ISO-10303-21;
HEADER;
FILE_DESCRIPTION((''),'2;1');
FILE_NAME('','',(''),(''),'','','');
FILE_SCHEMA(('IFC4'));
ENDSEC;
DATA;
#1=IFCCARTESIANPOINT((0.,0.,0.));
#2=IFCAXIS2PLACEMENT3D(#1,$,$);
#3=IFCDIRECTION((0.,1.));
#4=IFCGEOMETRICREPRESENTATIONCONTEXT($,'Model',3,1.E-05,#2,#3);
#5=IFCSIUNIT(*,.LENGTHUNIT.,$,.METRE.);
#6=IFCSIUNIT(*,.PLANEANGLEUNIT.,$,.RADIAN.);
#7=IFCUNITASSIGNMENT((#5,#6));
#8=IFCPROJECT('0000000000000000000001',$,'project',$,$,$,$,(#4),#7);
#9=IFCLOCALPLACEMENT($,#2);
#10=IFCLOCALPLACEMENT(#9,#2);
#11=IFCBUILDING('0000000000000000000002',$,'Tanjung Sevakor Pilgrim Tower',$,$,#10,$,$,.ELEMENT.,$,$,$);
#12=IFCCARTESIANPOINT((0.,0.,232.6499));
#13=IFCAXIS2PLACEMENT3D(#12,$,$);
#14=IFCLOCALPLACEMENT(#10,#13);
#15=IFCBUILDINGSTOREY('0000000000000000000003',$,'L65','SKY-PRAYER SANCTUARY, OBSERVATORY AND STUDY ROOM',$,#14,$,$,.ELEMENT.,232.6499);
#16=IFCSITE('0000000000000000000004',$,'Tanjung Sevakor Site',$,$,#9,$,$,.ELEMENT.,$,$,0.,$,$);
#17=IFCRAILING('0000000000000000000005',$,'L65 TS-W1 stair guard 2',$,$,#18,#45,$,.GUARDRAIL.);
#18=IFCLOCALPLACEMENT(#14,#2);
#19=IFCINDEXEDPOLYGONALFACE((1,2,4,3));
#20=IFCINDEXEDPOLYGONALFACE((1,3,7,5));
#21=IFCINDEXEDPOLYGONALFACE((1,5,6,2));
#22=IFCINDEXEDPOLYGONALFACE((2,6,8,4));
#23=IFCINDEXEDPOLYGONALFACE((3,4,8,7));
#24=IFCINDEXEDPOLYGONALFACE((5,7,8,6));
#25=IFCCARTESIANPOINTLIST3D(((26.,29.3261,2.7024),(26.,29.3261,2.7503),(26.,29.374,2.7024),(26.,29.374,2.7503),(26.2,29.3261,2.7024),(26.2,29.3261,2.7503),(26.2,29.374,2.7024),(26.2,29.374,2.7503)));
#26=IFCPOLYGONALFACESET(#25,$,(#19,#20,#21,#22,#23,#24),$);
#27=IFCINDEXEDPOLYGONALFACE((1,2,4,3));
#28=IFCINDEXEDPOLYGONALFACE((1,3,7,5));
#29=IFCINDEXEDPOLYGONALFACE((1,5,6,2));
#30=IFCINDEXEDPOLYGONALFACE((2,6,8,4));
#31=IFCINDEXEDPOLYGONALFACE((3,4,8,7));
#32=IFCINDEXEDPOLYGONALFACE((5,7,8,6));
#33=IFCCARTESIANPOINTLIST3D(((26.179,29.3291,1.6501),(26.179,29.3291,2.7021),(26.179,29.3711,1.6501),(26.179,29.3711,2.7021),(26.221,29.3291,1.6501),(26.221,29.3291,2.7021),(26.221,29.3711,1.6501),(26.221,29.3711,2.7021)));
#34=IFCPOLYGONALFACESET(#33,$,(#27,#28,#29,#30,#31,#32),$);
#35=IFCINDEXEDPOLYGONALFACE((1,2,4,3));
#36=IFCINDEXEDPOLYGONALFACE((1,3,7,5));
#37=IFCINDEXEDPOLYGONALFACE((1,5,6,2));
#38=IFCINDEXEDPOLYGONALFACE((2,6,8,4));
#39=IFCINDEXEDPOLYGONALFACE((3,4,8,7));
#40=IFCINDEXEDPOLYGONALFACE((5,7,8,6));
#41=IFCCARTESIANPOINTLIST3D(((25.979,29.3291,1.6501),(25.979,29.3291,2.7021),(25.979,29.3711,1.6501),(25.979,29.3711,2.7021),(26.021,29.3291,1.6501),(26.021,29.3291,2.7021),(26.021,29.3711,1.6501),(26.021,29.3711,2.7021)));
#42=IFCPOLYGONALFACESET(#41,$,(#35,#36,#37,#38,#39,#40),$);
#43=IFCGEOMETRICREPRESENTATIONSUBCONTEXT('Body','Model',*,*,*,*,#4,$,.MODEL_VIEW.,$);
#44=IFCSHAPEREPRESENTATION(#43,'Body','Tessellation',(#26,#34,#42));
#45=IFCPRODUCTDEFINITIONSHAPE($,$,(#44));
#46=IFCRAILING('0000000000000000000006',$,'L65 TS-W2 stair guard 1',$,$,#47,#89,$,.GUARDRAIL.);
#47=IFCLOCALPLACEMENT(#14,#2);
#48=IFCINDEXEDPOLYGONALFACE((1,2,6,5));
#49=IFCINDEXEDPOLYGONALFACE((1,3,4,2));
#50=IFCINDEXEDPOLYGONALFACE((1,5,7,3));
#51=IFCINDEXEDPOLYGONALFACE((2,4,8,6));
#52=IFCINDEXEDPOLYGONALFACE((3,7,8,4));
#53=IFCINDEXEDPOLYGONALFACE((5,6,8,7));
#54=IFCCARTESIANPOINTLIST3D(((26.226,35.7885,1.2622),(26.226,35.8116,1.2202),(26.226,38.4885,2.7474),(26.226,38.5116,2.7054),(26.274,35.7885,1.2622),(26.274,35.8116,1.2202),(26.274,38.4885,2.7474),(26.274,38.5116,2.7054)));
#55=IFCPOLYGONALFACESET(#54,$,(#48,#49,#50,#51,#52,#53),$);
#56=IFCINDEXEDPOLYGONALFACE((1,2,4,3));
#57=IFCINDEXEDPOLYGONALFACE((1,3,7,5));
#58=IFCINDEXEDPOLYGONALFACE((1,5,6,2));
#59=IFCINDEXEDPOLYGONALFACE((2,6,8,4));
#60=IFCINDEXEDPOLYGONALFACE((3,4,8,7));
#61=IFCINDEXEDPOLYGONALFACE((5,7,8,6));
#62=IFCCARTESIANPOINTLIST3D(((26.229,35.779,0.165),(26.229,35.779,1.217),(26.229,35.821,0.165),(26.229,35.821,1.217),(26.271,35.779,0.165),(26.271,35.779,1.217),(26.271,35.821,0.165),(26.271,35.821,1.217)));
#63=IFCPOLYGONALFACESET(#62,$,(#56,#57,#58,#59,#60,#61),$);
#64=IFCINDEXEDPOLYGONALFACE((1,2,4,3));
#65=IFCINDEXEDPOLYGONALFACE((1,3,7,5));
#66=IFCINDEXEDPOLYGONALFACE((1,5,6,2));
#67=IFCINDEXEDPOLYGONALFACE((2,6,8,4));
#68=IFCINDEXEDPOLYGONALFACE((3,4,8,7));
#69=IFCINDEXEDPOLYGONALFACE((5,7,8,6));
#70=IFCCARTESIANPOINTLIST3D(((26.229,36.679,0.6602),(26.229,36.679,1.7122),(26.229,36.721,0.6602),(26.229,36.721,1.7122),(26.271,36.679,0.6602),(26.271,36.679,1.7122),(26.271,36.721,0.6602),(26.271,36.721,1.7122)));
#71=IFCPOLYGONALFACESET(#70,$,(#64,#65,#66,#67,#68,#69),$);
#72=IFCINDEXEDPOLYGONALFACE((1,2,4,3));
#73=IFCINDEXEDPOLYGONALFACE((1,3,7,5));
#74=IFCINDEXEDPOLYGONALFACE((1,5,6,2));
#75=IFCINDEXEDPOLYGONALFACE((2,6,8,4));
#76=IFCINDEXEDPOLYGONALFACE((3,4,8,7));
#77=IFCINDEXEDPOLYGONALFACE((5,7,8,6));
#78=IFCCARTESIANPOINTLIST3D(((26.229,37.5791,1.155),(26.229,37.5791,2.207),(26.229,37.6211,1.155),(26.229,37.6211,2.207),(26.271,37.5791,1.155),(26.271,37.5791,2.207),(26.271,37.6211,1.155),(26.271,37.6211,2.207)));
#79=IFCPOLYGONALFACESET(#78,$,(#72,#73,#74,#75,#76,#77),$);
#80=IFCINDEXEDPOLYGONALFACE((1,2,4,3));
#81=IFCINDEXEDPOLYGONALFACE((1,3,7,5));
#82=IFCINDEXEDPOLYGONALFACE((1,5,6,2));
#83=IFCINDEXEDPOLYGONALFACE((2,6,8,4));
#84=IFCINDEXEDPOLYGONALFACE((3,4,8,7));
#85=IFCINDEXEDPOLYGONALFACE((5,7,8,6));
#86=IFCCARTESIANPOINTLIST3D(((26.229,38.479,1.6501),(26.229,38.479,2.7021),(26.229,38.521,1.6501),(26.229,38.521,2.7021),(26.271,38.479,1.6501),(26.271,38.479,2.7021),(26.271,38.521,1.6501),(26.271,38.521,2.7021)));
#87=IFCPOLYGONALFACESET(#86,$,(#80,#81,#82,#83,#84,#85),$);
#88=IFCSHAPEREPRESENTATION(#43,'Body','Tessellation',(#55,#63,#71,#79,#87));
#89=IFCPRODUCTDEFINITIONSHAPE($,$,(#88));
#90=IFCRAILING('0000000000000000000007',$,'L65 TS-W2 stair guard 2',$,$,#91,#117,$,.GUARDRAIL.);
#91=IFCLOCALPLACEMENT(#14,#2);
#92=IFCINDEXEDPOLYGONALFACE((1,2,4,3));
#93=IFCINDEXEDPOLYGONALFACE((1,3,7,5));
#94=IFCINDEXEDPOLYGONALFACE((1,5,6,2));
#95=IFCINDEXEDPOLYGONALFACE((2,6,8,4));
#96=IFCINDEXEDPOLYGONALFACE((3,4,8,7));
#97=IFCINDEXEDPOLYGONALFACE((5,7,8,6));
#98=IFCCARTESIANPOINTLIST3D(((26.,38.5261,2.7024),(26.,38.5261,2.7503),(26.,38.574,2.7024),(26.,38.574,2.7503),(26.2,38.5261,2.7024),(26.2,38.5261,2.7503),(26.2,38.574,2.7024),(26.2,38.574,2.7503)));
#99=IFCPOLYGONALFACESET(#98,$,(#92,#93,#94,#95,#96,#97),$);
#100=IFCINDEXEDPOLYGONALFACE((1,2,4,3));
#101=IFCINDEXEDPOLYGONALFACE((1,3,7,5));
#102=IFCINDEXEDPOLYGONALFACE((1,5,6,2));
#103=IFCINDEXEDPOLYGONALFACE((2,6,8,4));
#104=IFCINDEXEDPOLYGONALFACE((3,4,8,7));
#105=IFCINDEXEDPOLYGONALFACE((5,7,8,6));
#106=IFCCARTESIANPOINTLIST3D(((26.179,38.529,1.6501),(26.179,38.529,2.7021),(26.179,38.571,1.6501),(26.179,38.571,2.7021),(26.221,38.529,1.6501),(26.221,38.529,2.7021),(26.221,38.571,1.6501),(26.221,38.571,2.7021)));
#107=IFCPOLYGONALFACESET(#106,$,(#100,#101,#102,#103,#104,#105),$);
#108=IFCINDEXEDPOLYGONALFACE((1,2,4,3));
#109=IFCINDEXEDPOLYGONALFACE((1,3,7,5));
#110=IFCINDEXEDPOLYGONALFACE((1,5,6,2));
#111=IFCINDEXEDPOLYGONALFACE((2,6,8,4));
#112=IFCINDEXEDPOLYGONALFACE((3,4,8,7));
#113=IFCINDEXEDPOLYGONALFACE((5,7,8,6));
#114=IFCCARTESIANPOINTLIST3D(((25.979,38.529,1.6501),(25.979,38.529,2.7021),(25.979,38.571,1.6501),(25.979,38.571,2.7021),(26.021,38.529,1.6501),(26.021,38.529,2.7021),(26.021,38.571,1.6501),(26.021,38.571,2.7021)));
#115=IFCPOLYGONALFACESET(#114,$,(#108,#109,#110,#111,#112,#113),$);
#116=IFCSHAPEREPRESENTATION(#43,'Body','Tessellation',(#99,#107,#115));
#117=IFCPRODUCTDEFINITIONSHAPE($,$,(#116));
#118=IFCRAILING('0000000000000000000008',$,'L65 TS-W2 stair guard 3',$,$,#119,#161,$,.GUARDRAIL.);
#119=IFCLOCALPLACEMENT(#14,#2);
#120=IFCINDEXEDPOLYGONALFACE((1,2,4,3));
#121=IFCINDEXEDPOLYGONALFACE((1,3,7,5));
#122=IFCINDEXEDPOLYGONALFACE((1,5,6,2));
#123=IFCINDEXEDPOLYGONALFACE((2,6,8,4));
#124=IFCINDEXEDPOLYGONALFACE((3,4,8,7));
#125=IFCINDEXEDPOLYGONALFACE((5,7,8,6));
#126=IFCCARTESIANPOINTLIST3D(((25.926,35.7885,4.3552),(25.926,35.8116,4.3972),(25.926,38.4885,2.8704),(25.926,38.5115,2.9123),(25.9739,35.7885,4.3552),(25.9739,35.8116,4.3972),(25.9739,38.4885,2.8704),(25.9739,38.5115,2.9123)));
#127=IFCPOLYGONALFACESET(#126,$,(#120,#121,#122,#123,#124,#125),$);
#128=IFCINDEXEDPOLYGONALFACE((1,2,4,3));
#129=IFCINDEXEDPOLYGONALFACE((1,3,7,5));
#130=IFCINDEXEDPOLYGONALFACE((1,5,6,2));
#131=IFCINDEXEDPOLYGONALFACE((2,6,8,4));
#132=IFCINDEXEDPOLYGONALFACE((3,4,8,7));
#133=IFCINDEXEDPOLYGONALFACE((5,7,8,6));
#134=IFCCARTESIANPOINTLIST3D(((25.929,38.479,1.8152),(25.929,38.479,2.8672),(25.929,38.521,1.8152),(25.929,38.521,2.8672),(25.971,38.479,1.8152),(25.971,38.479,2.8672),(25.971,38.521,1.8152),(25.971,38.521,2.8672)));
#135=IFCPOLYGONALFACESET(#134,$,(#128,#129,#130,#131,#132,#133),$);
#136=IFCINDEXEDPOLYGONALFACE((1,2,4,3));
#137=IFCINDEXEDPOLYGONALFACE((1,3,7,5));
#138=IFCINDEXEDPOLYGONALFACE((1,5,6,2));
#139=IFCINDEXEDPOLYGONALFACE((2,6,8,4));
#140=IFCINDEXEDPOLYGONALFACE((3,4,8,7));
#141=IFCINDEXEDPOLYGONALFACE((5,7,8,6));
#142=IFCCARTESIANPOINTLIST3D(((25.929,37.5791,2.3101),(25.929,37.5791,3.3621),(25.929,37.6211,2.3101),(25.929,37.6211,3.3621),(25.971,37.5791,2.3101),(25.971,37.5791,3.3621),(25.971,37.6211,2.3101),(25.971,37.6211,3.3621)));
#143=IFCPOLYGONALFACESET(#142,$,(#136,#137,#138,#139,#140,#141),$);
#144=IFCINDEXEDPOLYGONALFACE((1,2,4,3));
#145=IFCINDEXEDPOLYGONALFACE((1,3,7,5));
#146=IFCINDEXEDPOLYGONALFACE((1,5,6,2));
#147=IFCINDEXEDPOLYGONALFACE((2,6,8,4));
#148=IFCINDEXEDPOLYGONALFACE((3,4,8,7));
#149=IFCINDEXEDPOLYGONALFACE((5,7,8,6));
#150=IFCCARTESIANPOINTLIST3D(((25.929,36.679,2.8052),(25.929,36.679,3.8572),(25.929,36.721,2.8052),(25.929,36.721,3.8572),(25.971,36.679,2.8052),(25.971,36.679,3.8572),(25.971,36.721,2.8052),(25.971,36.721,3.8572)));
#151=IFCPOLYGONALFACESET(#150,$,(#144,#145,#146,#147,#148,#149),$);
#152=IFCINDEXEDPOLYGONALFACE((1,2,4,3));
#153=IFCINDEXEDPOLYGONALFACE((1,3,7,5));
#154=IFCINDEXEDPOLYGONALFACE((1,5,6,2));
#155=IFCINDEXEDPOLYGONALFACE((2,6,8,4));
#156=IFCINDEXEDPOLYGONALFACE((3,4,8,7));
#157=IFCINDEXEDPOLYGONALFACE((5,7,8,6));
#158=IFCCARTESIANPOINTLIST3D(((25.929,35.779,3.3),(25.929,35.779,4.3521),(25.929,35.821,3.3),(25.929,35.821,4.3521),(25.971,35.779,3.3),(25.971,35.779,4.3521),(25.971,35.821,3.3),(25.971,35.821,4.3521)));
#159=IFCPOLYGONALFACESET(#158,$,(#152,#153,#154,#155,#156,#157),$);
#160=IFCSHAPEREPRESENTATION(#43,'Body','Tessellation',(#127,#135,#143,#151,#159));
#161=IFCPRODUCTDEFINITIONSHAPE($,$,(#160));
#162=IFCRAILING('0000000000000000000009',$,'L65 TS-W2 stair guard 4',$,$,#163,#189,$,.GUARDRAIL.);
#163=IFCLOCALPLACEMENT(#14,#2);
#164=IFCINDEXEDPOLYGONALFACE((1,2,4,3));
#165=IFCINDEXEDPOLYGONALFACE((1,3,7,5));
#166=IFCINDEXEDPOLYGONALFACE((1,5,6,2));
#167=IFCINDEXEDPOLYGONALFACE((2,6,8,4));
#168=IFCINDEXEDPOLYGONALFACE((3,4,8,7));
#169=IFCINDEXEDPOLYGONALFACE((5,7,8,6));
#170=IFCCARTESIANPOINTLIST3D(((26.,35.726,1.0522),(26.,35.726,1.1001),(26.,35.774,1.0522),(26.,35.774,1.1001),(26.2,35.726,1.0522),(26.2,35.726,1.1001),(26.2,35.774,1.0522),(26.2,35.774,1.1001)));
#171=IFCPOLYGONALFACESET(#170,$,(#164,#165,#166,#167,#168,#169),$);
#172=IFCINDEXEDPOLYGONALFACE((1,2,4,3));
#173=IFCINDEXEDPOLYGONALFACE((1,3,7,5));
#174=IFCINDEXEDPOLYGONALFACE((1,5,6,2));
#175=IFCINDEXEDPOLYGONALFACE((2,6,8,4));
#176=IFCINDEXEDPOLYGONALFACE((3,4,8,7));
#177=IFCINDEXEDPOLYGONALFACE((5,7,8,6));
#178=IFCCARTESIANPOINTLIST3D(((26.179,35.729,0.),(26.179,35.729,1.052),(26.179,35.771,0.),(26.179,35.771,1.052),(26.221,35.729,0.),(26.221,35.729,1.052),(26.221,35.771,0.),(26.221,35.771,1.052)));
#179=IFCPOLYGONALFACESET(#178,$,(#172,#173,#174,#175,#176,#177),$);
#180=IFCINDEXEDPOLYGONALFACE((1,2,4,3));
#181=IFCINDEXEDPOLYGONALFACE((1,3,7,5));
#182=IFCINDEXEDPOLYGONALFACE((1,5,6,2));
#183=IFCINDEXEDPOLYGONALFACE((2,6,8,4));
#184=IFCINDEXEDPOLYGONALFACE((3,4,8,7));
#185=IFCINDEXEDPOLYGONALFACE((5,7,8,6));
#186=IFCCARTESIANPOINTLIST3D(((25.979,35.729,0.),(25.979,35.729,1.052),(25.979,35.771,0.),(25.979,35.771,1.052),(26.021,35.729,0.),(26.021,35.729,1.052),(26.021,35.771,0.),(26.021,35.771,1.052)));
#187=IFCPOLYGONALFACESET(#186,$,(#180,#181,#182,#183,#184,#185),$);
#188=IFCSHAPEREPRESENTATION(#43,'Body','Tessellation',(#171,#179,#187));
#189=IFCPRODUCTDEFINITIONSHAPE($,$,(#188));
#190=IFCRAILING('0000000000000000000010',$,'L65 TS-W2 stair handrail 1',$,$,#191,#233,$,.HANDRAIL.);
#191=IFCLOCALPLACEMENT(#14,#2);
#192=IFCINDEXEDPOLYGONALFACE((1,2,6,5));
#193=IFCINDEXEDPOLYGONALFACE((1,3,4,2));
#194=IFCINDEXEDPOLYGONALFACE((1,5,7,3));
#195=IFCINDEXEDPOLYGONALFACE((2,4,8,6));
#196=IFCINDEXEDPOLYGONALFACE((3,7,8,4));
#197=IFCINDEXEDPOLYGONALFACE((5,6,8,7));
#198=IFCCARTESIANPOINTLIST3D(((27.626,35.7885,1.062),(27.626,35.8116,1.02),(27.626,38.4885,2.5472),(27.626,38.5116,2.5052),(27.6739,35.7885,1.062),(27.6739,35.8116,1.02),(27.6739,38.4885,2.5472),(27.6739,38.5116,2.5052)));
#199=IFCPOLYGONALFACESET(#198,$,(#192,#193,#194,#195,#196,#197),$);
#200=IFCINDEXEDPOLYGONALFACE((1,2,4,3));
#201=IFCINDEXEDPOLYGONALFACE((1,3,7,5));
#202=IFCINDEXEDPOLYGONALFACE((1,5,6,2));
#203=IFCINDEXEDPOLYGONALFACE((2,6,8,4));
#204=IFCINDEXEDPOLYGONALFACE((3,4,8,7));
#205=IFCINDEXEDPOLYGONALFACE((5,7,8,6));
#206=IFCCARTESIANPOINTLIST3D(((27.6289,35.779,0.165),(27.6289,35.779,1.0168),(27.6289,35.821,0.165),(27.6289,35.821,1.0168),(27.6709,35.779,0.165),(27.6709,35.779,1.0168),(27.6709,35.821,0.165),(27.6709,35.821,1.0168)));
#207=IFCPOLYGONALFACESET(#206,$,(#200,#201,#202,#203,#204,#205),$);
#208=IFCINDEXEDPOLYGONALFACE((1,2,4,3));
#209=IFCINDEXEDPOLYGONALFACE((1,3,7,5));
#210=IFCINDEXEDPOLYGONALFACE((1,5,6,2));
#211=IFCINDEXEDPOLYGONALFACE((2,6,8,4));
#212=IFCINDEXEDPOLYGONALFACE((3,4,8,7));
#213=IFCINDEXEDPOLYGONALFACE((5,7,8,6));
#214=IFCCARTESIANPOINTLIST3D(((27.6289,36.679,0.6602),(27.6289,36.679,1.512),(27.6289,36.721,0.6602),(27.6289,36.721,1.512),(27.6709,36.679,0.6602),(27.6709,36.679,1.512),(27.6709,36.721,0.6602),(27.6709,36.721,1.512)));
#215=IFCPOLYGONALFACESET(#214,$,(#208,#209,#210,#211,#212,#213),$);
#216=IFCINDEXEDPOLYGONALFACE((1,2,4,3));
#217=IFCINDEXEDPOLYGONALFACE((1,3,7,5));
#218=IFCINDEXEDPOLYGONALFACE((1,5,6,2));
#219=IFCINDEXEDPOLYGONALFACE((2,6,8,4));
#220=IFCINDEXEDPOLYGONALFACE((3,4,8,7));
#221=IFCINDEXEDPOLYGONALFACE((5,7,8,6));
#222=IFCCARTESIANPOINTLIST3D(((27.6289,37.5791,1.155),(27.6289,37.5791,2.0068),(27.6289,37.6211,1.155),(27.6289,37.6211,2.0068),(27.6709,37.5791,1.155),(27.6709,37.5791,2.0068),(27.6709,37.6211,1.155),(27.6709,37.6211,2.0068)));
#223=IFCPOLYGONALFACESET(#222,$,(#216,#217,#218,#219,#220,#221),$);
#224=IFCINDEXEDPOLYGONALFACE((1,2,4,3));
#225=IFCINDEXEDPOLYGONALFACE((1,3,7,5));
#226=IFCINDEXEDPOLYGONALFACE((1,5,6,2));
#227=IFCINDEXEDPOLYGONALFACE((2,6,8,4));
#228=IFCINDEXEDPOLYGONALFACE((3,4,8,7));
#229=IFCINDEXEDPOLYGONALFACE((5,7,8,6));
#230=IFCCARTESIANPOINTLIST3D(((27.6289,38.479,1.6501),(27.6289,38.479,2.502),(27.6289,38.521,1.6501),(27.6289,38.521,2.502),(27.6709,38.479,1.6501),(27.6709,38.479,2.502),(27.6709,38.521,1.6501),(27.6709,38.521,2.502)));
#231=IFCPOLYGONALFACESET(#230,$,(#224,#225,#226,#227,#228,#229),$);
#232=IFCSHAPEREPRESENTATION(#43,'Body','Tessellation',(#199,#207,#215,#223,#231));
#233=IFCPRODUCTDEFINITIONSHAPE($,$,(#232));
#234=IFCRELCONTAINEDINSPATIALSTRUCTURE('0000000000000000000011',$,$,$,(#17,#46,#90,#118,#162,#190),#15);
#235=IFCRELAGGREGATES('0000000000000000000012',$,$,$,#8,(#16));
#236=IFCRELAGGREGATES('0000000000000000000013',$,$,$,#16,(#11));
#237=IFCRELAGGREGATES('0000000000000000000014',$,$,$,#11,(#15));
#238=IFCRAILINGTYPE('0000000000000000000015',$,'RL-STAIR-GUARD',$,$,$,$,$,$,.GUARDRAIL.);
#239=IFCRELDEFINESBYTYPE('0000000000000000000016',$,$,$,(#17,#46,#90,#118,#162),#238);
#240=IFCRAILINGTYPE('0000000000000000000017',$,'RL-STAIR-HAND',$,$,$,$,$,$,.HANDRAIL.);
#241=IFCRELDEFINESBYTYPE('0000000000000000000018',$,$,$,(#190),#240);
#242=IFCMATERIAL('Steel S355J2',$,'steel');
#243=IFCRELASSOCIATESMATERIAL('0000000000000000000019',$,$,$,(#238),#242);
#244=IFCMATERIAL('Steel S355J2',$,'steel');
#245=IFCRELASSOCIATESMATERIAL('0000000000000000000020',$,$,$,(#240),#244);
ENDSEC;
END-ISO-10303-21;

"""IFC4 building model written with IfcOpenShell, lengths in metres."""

from ifc_helpers import new_model, si_unit, direction, frame, origin, place, context, subcontext, project, spatial, rectangle, extrude, material, type_object, element, save


model = new_model("IFC4")

# Units and contexts
model_context = context("Model", 3, precision=1e-05, world=origin(), true_north=direction((0.0, 1.0)))
body_context = subcontext(model_context, "Body", "Model", "MODEL_VIEW")
ifc_project = project(units=[si_unit("LENGTHUNIT", "METRE"), si_unit("PLANEANGLEUNIT", "RADIAN")], contexts=[model_context])

# Site, building, storey
site_placement = place(None, origin())
site = spatial("IfcSite", under=ifc_project, at=site_placement, Name="Tanjung Sevakor Site", CompositionType="ELEMENT", RefElevation=0.0)
building_placement = place(site_placement, origin())
building = spatial("IfcBuilding", under=site, at=building_placement, Name="Tanjung Sevakor Pilgrim Tower", CompositionType="ELEMENT")
storey_placement = place(building_placement, frame((0.0, 0.0, 232.6499)))
storey = spatial("IfcBuildingStorey", under=building, at=storey_placement, Name="L65", Description="SKY-PRAYER SANCTUARY, OBSERVATORY AND STUDY ROOM", CompositionType="ELEMENT", Elevation=232.6499)

# Railings
ifc_material_1 = material(Name="Steel S355J2", Category="steel")
railing_type_1 = type_object("IfcRailingType", Name="RL-STAIR-GUARD", PredefinedType="GUARDRAIL", material=ifc_material_1)
railing_1_placement = place(storey_placement, frame((26.2, 29.3501, 1.6501)))
element("IfcRailing", 1, at=railing_1_placement, inside=storey, type_object=railing_type_1, Name="L65 TS-W1 stair guard 2", PredefinedType="GUARDRAIL", context=body_context, shape_type="SweptSolid", body=[
    extrude(rectangle(XDim=0.0479, YDim=0.0479), frame((0.0, 0.0, 1.0762), z_axis=(-1.0, 0.0, 0.0), x_axis=(0.0, -1.0, 0.0)), (0.0, 0.0, 1.0), 0.2),
    extrude(rectangle(XDim=0.042, YDim=0.042), origin(), (0.0, 0.0, 1.0), 1.052),
    extrude(rectangle(XDim=0.042, YDim=0.042), frame((-0.2, 0.0, 0.0)), (0.0, 0.0, 1.0), 1.052),
])
railing_2_placement = place(storey_placement, frame((26.25, 35.8, 0.165)))
element("IfcRailing", 2, at=railing_2_placement, inside=storey, type_object=railing_type_1, Name="L65 TS-W2 stair guard 1", PredefinedType="GUARDRAIL", context=body_context, shape_type="SweptSolid", body=[
    extrude(rectangle(XDim=0.0479, YDim=0.0479), frame((0.0, 0.0, 1.0762), z_axis=(0.0, 0.876198, 0.481952), x_axis=(-1.0, 0.0, 0.0)), (0.0, 0.0, 1.0), 3.0815),
    extrude(rectangle(XDim=0.042, YDim=0.042), origin(), (0.0, 0.0, 1.0), 1.052),
    extrude(rectangle(XDim=0.042, YDim=0.042), frame((0.0, 0.8999, 0.4951)), (0.0, 0.0, 1.0), 1.052),
    extrude(rectangle(XDim=0.042, YDim=0.042), frame((0.0, 1.8, 0.99)), (0.0, 0.0, 1.0), 1.052),
    extrude(rectangle(XDim=0.042, YDim=0.042), frame((0.0, 2.7, 1.4851)), (0.0, 0.0, 1.0), 1.052),
])
railing_3_placement = place(storey_placement, frame((26.2, 38.55, 1.6501)))
element("IfcRailing", 3, at=railing_3_placement, inside=storey, type_object=railing_type_1, Name="L65 TS-W2 stair guard 2", PredefinedType="GUARDRAIL", context=body_context, shape_type="SweptSolid", body=[
    extrude(rectangle(XDim=0.0479, YDim=0.0479), frame((0.0, 0.0, 1.0762), z_axis=(-1.0, 0.0, 0.0), x_axis=(0.0, -1.0, 0.0)), (0.0, 0.0, 1.0), 0.2),
    extrude(rectangle(XDim=0.042, YDim=0.042), origin(), (0.0, 0.0, 1.0), 1.052),
    extrude(rectangle(XDim=0.042, YDim=0.042), frame((-0.2, 0.0, 0.0)), (0.0, 0.0, 1.0), 1.052),
])
railing_4_placement = place(storey_placement, frame((25.95, 38.5, 1.8152)))
element("IfcRailing", 4, at=railing_4_placement, inside=storey, type_object=railing_type_1, Name="L65 TS-W2 stair guard 3", PredefinedType="GUARDRAIL", context=body_context, shape_type="SweptSolid", body=[
    extrude(rectangle(XDim=0.0479, YDim=0.0479), frame((0.0, 0.0, 1.0762), z_axis=(0.0, -0.876231, 0.481891), x_axis=(1.0, 0.0, 0.0)), (0.0, 0.0, 1.0), 3.0813),
    extrude(rectangle(XDim=0.042, YDim=0.042), origin(), (0.0, 0.0, 1.0), 1.052),
    extrude(rectangle(XDim=0.042, YDim=0.042), frame((0.0, -0.8999, 0.4949)), (0.0, 0.0, 1.0), 1.052),
    extrude(rectangle(XDim=0.042, YDim=0.042), frame((0.0, -1.8, 0.99)), (0.0, 0.0, 1.0), 1.052),
    extrude(rectangle(XDim=0.042, YDim=0.042), frame((0.0, -2.7, 1.4849)), (0.0, 0.0, 1.0), 1.052),
])
railing_5_placement = place(storey_placement, frame((26.2, 35.75, 0.0)))
element("IfcRailing", 5, at=railing_5_placement, inside=storey, type_object=railing_type_1, Name="L65 TS-W2 stair guard 4", PredefinedType="GUARDRAIL", context=body_context, shape_type="SweptSolid", body=[
    extrude(rectangle(XDim=0.0479, YDim=0.0479), frame((0.0, 0.0, 1.0762), z_axis=(-1.0, 0.0, 0.0), x_axis=(0.0, -1.0, 0.0)), (0.0, 0.0, 1.0), 0.2),
    extrude(rectangle(XDim=0.042, YDim=0.042), origin(), (0.0, 0.0, 1.0), 1.052),
    extrude(rectangle(XDim=0.042, YDim=0.042), frame((-0.2, 0.0, 0.0)), (0.0, 0.0, 1.0), 1.052),
])
ifc_material_2 = material(Name="Steel S355J2", Category="steel")
railing_type_2 = type_object("IfcRailingType", Name="RL-STAIR-HAND", PredefinedType="HANDRAIL", material=ifc_material_2)
railing_6_placement = place(storey_placement, frame((27.6499, 35.8, 0.165)))
element("IfcRailing", 6, at=railing_6_placement, inside=storey, type_object=railing_type_2, Name="L65 TS-W2 stair handrail 1", PredefinedType="HANDRAIL", context=body_context, shape_type="SweptSolid", body=[
    extrude(rectangle(XDim=0.0479, YDim=0.0479), frame((0.0, 0.0, 0.876), z_axis=(0.0, 0.876198, 0.481952), x_axis=(-1.0, 0.0, 0.0)), (0.0, 0.0, 1.0), 3.0815),
    extrude(rectangle(XDim=0.042, YDim=0.042), origin(), (0.0, 0.0, 1.0), 0.8518),
    extrude(rectangle(XDim=0.042, YDim=0.042), frame((0.0, 0.8999, 0.4951)), (0.0, 0.0, 1.0), 0.8518),
    extrude(rectangle(XDim=0.042, YDim=0.042), frame((0.0, 1.8, 0.99)), (0.0, 0.0, 1.0), 0.8518),
    extrude(rectangle(XDim=0.042, YDim=0.042), frame((0.0, 2.7, 1.4851)), (0.0, 0.0, 1.0), 0.8518),
])

save(model, "model.ifc")
